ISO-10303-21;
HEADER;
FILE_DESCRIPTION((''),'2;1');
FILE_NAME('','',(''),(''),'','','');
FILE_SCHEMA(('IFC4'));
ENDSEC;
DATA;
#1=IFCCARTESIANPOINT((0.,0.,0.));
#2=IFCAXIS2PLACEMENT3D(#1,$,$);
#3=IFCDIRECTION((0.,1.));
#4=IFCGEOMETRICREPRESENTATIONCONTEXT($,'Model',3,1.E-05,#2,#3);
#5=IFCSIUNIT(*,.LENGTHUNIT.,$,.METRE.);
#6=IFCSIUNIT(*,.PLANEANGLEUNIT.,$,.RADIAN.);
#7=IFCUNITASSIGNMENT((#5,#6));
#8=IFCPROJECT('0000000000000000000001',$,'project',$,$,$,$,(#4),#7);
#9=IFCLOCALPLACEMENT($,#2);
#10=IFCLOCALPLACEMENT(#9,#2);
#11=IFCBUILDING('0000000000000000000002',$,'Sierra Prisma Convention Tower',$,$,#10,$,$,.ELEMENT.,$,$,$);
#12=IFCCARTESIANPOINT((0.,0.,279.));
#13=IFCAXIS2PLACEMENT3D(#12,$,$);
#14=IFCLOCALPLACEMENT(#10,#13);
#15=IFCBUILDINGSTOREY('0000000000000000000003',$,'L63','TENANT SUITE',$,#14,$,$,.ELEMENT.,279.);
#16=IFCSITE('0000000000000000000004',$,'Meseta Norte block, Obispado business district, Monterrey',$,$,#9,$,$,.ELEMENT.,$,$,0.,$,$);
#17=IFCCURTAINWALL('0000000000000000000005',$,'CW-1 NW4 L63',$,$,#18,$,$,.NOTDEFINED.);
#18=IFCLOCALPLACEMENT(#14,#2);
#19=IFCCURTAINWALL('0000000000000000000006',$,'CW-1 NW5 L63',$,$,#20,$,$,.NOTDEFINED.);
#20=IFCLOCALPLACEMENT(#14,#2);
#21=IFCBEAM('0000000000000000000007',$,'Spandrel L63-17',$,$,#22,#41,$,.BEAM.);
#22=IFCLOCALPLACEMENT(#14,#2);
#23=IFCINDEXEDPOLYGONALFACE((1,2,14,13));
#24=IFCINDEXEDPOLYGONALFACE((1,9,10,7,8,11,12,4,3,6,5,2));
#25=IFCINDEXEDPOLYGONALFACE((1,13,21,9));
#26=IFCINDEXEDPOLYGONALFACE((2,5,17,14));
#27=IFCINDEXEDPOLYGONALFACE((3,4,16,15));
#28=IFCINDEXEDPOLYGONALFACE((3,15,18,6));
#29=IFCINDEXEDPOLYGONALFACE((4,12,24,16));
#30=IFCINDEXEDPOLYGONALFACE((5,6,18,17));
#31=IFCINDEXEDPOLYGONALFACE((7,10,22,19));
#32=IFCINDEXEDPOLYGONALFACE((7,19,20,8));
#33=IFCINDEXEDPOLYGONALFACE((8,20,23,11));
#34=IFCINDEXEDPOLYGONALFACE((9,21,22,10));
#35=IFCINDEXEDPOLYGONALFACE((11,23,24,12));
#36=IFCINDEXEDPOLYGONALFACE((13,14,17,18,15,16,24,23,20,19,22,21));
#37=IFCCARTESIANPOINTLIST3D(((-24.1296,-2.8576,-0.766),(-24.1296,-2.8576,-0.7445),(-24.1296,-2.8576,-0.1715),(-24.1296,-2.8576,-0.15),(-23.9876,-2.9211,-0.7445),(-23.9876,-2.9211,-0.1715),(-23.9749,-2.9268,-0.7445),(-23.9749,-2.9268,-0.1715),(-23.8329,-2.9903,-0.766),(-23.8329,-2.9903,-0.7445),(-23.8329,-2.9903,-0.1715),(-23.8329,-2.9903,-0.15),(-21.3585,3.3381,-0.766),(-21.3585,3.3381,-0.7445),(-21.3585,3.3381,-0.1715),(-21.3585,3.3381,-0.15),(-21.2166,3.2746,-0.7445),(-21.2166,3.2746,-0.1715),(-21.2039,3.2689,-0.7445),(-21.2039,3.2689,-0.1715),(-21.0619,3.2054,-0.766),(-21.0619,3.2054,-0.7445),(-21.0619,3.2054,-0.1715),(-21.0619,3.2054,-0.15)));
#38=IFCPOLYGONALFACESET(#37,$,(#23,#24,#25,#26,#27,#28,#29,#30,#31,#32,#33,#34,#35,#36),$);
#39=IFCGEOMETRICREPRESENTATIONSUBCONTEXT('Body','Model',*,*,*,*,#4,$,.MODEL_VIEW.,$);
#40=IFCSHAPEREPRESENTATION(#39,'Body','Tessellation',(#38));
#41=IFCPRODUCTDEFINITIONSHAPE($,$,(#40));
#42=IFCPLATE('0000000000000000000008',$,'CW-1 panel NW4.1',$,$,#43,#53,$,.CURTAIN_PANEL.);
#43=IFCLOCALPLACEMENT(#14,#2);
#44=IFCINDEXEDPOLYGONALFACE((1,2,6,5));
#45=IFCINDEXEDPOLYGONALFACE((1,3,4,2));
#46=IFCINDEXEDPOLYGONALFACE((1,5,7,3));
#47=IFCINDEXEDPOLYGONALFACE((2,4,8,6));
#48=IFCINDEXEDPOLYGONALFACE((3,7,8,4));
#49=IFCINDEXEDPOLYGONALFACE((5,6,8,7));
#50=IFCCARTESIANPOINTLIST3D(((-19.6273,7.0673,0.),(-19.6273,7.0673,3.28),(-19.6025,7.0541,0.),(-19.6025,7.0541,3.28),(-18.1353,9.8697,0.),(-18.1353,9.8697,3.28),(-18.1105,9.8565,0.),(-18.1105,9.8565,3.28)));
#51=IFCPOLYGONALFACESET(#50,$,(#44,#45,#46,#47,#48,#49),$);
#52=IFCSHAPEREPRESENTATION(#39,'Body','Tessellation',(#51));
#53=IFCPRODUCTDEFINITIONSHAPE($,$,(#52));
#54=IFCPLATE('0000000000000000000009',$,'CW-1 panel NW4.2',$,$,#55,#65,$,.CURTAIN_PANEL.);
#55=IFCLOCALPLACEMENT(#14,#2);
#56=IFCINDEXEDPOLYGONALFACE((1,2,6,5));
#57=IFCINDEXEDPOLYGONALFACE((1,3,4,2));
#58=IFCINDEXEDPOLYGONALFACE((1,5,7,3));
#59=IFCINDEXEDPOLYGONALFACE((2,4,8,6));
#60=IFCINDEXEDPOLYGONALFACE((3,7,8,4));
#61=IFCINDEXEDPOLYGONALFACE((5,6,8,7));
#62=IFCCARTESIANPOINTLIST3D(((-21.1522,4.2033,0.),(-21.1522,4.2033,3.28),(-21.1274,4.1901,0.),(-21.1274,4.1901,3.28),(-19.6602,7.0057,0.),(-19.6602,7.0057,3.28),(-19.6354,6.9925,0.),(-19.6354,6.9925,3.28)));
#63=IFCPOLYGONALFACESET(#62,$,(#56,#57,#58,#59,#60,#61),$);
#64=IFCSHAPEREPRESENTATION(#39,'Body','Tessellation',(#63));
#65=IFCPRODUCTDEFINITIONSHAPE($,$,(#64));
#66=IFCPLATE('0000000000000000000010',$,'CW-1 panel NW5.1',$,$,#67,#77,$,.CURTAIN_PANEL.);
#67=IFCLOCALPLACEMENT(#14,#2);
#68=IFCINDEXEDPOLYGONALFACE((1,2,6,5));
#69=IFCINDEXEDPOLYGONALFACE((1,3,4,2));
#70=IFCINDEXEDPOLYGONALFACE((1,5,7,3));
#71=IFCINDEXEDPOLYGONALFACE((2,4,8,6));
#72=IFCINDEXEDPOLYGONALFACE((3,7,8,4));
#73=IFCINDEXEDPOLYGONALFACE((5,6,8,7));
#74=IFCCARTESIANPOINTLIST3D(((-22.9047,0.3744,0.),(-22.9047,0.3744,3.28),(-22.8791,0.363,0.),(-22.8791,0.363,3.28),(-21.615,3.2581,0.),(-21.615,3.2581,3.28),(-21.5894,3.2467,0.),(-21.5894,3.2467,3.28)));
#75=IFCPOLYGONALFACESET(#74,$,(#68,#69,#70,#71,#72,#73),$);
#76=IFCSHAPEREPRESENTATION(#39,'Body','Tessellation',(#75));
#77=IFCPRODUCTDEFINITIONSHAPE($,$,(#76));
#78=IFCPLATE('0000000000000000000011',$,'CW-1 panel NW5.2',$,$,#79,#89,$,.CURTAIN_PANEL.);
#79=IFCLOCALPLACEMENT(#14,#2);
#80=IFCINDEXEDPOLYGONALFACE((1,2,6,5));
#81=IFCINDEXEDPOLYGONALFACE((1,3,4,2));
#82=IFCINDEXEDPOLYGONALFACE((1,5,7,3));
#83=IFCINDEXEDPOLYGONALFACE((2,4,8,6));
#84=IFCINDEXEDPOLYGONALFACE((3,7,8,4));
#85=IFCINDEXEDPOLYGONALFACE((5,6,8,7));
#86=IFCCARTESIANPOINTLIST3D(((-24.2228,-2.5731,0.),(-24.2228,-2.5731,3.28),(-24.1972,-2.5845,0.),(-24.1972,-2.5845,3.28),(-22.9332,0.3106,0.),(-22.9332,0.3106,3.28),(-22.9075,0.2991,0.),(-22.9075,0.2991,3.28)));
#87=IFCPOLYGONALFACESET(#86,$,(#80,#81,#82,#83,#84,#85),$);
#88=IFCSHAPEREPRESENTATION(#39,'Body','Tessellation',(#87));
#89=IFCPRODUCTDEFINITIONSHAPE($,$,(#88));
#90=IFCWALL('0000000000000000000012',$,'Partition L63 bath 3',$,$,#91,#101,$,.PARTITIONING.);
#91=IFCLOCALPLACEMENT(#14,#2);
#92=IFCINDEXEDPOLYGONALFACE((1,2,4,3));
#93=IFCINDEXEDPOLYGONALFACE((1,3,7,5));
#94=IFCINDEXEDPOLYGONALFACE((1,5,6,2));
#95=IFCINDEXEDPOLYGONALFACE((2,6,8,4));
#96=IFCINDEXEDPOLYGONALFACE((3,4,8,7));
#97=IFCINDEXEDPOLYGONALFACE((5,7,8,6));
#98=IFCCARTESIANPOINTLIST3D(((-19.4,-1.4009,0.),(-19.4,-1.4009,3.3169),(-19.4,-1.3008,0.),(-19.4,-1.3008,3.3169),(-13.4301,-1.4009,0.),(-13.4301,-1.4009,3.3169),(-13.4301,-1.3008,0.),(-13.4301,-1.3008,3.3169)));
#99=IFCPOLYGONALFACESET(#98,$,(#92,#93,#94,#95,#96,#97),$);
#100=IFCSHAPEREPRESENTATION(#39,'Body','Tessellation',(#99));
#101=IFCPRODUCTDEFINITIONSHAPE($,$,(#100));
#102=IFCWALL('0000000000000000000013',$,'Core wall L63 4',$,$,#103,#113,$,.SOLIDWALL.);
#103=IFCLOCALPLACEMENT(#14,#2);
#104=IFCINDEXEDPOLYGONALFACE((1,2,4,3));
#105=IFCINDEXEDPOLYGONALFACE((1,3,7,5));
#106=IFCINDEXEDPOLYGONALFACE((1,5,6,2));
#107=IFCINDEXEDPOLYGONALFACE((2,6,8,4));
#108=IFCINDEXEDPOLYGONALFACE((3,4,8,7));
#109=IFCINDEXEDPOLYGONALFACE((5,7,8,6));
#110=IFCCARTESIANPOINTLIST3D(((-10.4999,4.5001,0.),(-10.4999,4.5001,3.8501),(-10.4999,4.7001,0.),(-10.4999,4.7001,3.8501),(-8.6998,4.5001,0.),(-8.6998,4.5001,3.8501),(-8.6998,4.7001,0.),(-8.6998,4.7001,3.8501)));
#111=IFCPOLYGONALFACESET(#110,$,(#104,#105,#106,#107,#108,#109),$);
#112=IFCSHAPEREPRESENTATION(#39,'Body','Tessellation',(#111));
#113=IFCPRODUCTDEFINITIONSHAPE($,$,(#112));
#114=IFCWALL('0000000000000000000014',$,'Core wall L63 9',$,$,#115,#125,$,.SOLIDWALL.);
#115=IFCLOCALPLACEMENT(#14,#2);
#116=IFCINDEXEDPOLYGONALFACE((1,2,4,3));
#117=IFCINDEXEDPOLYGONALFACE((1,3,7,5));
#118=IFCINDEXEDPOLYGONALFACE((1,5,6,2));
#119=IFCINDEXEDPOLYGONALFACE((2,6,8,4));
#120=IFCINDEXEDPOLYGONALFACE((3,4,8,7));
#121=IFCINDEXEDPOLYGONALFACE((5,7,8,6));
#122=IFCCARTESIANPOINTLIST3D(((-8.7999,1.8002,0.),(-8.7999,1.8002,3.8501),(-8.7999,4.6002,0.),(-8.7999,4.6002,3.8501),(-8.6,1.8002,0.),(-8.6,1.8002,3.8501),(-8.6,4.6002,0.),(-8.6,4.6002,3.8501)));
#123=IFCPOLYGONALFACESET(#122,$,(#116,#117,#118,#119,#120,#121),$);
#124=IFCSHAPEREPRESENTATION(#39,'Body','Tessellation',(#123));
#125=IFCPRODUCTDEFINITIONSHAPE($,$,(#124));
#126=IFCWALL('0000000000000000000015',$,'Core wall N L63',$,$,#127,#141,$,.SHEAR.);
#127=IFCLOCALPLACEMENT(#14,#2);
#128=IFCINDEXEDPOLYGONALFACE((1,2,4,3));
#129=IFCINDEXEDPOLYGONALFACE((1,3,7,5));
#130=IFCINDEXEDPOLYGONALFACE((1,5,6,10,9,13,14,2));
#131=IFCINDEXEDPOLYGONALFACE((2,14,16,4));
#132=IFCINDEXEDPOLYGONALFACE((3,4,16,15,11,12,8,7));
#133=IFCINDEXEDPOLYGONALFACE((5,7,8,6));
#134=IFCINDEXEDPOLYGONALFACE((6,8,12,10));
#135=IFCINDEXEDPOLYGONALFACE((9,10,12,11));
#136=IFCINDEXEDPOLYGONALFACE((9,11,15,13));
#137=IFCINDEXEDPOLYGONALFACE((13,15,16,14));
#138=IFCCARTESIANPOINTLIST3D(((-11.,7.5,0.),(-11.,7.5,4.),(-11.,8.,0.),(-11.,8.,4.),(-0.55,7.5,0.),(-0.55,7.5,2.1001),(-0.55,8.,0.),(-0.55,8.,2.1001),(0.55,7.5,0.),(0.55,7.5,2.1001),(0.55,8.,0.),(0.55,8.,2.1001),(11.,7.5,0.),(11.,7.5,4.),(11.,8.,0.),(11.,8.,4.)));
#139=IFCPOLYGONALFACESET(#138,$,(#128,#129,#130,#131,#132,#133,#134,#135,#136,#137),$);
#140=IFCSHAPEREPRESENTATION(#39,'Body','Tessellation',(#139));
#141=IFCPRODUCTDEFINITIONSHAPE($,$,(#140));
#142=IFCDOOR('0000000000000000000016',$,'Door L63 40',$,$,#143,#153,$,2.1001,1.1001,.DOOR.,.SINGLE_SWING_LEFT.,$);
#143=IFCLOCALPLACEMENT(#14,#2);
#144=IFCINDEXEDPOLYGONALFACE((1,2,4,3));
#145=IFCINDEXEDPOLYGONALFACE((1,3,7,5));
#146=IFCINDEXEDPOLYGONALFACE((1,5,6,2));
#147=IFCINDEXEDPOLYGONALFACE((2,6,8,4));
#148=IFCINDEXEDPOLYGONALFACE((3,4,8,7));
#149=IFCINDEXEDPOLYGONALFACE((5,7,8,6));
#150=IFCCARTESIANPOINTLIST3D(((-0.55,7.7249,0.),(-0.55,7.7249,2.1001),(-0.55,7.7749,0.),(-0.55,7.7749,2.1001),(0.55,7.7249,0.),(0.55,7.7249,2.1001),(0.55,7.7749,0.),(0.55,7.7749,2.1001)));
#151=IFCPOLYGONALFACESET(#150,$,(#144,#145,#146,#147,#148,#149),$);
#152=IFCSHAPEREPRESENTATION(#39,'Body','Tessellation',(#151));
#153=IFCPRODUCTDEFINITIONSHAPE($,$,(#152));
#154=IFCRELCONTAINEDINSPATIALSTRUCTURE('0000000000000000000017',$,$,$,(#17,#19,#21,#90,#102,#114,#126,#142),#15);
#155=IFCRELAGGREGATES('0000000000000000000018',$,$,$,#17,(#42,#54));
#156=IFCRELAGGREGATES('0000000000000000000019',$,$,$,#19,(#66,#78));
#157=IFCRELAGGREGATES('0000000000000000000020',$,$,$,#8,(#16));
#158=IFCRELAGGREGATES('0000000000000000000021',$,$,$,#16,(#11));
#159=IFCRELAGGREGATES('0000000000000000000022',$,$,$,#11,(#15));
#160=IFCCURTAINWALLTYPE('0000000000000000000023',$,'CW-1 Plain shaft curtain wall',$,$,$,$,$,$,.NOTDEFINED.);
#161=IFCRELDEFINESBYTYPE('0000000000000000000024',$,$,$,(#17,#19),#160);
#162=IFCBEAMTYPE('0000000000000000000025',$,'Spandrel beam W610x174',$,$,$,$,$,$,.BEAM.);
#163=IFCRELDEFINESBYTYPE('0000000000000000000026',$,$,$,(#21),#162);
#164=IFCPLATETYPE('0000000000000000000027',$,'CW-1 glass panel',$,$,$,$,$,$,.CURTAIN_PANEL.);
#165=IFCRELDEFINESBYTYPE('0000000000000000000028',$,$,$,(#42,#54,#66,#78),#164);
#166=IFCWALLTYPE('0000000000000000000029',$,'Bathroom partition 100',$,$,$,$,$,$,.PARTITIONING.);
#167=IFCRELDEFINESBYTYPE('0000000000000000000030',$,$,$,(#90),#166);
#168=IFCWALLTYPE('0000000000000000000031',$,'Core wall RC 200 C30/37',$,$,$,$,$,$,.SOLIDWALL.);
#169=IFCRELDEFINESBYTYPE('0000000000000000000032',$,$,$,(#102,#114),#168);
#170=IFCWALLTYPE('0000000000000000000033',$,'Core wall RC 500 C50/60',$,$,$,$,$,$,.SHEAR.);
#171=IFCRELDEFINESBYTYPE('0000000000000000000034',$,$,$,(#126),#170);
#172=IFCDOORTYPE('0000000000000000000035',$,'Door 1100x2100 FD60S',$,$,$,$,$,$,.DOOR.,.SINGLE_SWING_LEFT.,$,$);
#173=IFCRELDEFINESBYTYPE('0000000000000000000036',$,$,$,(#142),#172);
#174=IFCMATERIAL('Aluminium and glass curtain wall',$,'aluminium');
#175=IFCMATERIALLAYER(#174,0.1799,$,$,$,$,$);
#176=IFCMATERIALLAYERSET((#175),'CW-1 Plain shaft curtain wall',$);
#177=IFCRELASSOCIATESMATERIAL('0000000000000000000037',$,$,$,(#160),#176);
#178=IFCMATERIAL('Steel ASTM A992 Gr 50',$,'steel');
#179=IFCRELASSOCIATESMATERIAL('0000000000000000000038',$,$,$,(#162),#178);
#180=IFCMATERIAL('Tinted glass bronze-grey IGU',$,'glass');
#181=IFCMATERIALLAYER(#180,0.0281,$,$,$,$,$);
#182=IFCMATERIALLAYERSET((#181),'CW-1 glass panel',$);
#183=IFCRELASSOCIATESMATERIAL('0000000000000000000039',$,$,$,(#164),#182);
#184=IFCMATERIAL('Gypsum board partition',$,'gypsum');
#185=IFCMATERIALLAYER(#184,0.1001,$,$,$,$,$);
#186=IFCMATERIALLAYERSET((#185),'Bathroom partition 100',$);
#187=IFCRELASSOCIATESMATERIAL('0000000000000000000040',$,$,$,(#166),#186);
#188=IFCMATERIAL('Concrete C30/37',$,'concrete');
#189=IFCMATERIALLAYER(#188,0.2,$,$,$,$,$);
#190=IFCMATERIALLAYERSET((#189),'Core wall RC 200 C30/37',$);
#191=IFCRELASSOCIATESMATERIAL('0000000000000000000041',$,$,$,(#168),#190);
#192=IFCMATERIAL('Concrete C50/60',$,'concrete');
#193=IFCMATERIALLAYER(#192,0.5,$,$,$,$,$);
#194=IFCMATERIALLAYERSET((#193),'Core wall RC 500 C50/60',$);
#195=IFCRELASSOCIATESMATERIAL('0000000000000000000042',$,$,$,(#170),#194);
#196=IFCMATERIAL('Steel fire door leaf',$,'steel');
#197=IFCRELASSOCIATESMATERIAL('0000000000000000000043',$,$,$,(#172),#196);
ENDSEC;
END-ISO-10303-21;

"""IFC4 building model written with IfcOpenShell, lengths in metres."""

from ifc_helpers import new_model, si_unit, direction, frame, frame_2d, origin, origin_2d, place, context, subcontext, project, spatial, rectangle, i_section, extrude, material, layer, layer_set, material_profile, profile_set, type_object, element, fill, aggregate, save


model = new_model("IFC4")

# Units and contexts
model_context = context("Model", 3, precision=1e-05, world=origin(), true_north=direction((0.0, 1.0)))
body_context = subcontext(model_context, "Body", "Model", "MODEL_VIEW")
ifc_project = project(units=[si_unit("LENGTHUNIT", "METRE"), si_unit("PLANEANGLEUNIT", "RADIAN")], contexts=[model_context])

# Site, building, storey
site_placement = place(None, origin())
site = spatial("IfcSite", under=ifc_project, at=site_placement, Name="Meseta Norte block, Obispado business district, Monterrey", CompositionType="ELEMENT", RefElevation=0.0)
building_placement = place(site_placement, origin())
building = spatial("IfcBuilding", under=site, at=building_placement, Name="Sierra Prisma Convention Tower", CompositionType="ELEMENT")
storey_placement = place(building_placement, frame((0.0, 0.0, 279.0)))
storey = spatial("IfcBuildingStorey", under=building, at=storey_placement, Name="L63", Description="TENANT SUITE", CompositionType="ELEMENT", Elevation=279.0)

# Curtain wall
ifc_material_1 = material(Name="Aluminium and glass curtain wall", Category="aluminium")
ifc_layer_1 = layer(ifc_material_1, 0.1799)
ifc_layer_set_1 = layer_set([ifc_layer_1], Name="CW-1 Plain shaft curtain wall")
curtain_wall_type = type_object("IfcCurtainWallType", Name="CW-1 Plain shaft curtain wall", PredefinedType="NOTDEFINED", material=ifc_layer_set_1)
curtain_wall_1_placement = place(storey_placement, origin())
curtain_wall_1 = element("IfcCurtainWall", 1, at=curtain_wall_1_placement, inside=storey, type_object=curtain_wall_type, Name="CW-1 NW4 L63", PredefinedType="NOTDEFINED")

# Curtain wall
curtain_wall_2_placement = place(storey_placement, origin())
curtain_wall_2 = element("IfcCurtainWall", 2, at=curtain_wall_2_placement, inside=storey, type_object=curtain_wall_type, Name="CW-1 NW5 L63", PredefinedType="NOTDEFINED")

# Beam
ifc_material_2 = material(Name="Steel ASTM A992 Gr 50", Category="steel")
ifc_material_profile_1 = material_profile(ifc_material_2, i_section(OverallWidth=0.325, OverallDepth=0.616, WebThickness=0.0139, FlangeThickness=0.0215, at=origin_2d()), Name="W610x174")
ifc_profile_set_1 = profile_set([ifc_material_profile_1], Name="Steel ASTM A992 Gr 50")
beam_type_1 = type_object("IfcBeamType", Name="Spandrel beam W610x174", PredefinedType="BEAM", material=ifc_profile_set_1)
beam_1_placement = place(storey_placement, frame((-21.2102, 3.2717, -0.458), z_axis=(-0.40828, -0.912857, 0.0), x_axis=(0.912857, -0.40828, 0.0)))
element("IfcBeam", 3, at=beam_1_placement, inside=storey, type_object=beam_type_1, Name="Spandrel L63-17", PredefinedType="BEAM", context=body_context, shape_type="SweptSolid", body=[
    extrude(i_section(OverallWidth=0.325, OverallDepth=0.616, WebThickness=0.0139, FlangeThickness=0.0215, at=origin_2d()), origin(), (0.0, 0.0, 1.0), 6.7871),
])

# Plates
ifc_material_3 = material(Name="Tinted glass bronze-grey IGU", Category="glass")
ifc_layer_2 = layer(ifc_material_3, 0.0281)
ifc_layer_set_2 = layer_set([ifc_layer_2], Name="CW-1 glass panel")
plate_type = type_object("IfcPlateType", Name="CW-1 glass panel", PredefinedType="CURTAIN_PANEL", material=ifc_layer_set_2)
plate_1_placement = place(storey_placement, frame((-18.8689, 8.4619, 0.0), z_axis=(0.0, 0.0, 1.0), x_axis=(-0.469964, -0.882686, 0.0)))
plate_1 = element("IfcPlate", 4, at=plate_1_placement, type_object=plate_type, Name="CW-1 panel NW4.1", PredefinedType="CURTAIN_PANEL", context=body_context, shape_type="SweptSolid", body=[
    extrude(rectangle(XDim=3.1748, YDim=0.0281, at=origin_2d()), origin(), (0.0, 0.0, 1.0), 3.28),
])
plate_2_placement = place(storey_placement, frame((-20.3938, 5.5979, 0.0), z_axis=(0.0, 0.0, 1.0), x_axis=(-0.469964, -0.882686, 0.0)))
plate_2 = element("IfcPlate", 5, at=plate_2_placement, type_object=plate_type, Name="CW-1 panel NW4.2", PredefinedType="CURTAIN_PANEL", context=body_context, shape_type="SweptSolid", body=[
    extrude(rectangle(XDim=3.1748, YDim=0.0281, at=origin_2d()), origin(), (0.0, 0.0, 1.0), 3.28),
])
aggregate(curtain_wall_1, [plate_1, plate_2])
plate_3_placement = place(storey_placement, frame((-22.2471, 1.8105, 0.0), z_axis=(0.0, 0.0, 1.0), x_axis=(-0.408264, -0.912864, 0.0)))
plate_3 = element("IfcPlate", 6, at=plate_3_placement, type_object=plate_type, Name="CW-1 panel NW5.1", PredefinedType="CURTAIN_PANEL", context=body_context, shape_type="SweptSolid", body=[
    extrude(rectangle(XDim=3.1589, YDim=0.0281, at=origin_2d()), origin(), (0.0, 0.0, 1.0), 3.28),
])
plate_4_placement = place(storey_placement, frame((-23.5652, -1.137, 0.0), z_axis=(0.0, 0.0, 1.0), x_axis=(-0.408264, -0.912864, 0.0)))
plate_4 = element("IfcPlate", 7, at=plate_4_placement, type_object=plate_type, Name="CW-1 panel NW5.2", PredefinedType="CURTAIN_PANEL", context=body_context, shape_type="SweptSolid", body=[
    extrude(rectangle(XDim=3.1589, YDim=0.0281, at=origin_2d()), origin(), (0.0, 0.0, 1.0), 3.28),
])
aggregate(curtain_wall_2, [plate_3, plate_4])

# Wall
ifc_material_4 = material(Name="Gypsum board partition", Category="gypsum")
ifc_layer_3 = layer(ifc_material_4, 0.1001)
ifc_layer_set_3 = layer_set([ifc_layer_3], Name="Bathroom partition 100")
wall_type_1 = type_object("IfcWallType", Name="Bathroom partition 100", PredefinedType="PARTITIONING", material=ifc_layer_set_3)
wall_1_placement = place(storey_placement, frame((-19.3999, -1.3508, 0.0), z_axis=(0.0, 0.0, 1.0), x_axis=(1.0, 0.0, 0.0)))
element("IfcWall", 8, at=wall_1_placement, inside=storey, type_object=wall_type_1, Name="Partition L63 bath 3", PredefinedType="PARTITIONING", context=body_context, shape_type="SweptSolid", body=[
    extrude(rectangle(XDim=5.97, YDim=0.1001, at=frame_2d((2.9849, 0.0))), origin(), (0.0, 0.0, 1.0), 3.3169),
])

# Shared definitions
ifc_material_5 = material(Name="Concrete C30/37", Category="concrete")
ifc_layer_4 = layer(ifc_material_5, 0.2)
ifc_layer_set_4 = layer_set([ifc_layer_4], Name="Core wall RC 200 C30/37")
wall_type_2 = type_object("IfcWallType", Name="Core wall RC 200 C30/37", PredefinedType="SOLIDWALL", material=ifc_layer_set_4)

# Wall
wall_2_placement = place(storey_placement, frame((-8.7, 4.6001, 0.0), z_axis=(0.0, 0.0, 1.0), x_axis=(-1.0, 0.0, 0.0)))
element("IfcWall", 9, at=wall_2_placement, inside=storey, type_object=wall_type_2, Name="Core wall L63 4", PredefinedType="SOLIDWALL", context=body_context, shape_type="SweptSolid", body=[
    extrude(rectangle(XDim=1.8, YDim=0.2, at=frame_2d((0.8999, 0.0))), origin(), (0.0, 0.0, 1.0), 3.8501),
])

# Wall
wall_3_placement = place(storey_placement, frame((-8.7, 4.6001, 0.0), z_axis=(0.0, 0.0, 1.0), x_axis=(0.0, -1.0, 0.0)))
element("IfcWall", 10, at=wall_3_placement, inside=storey, type_object=wall_type_2, Name="Core wall L63 9", PredefinedType="SOLIDWALL", context=body_context, shape_type="SweptSolid", body=[
    extrude(rectangle(XDim=2.8, YDim=0.2, at=frame_2d((1.3999, 0.0))), origin(), (0.0, 0.0, 1.0), 3.8501),
])

# Wall, opening, door
ifc_material_6 = material(Name="Concrete C50/60", Category="concrete")
ifc_layer_5 = layer(ifc_material_6, 0.5)
ifc_layer_set_5 = layer_set([ifc_layer_5], Name="Core wall RC 500 C50/60")
wall_type_3 = type_object("IfcWallType", Name="Core wall RC 500 C50/60", PredefinedType="SHEAR", material=ifc_layer_set_5)
wall_4_placement = place(storey_placement, frame((-11.0, 7.75, 0.0), z_axis=(0.0, 0.0, 1.0), x_axis=(1.0, 0.0, 0.0)))
wall_4 = element("IfcWall", 11, at=wall_4_placement, inside=storey, type_object=wall_type_3, Name="Core wall N L63", PredefinedType="SHEAR", context=body_context, shape_type="SweptSolid", body=[
    extrude(rectangle(XDim=22.0, YDim=0.5, at=frame_2d((11.0, 0.0))), origin(), (0.0, 0.0, 1.0), 4.0),
])
opening_1_placement = place(wall_4_placement, frame((10.45, 0.0, 0.0)))
opening_1 = element("IfcOpeningElement", 12, at=opening_1_placement, cuts=wall_4, PredefinedType="OPENING", context=body_context, shape_type="SweptSolid", body=[
    extrude(rectangle(XDim=1.1001, YDim=2.1001, at=frame_2d((0.55, 1.05))), frame((0.0, 0.25, 0.0), z_axis=(0.0, -1.0, 0.0), x_axis=(1.0, 0.0, 0.0)), (0.0, 0.0, 1.0), 0.5),
])
ifc_material_7 = material(Name="Steel fire door leaf", Category="steel")
door_type_1 = type_object("IfcDoorType", Name="Door 1100x2100 FD60S", OperationType="SINGLE_SWING_LEFT", PredefinedType="DOOR", material=ifc_material_7)
door_1_placement = place(opening_1_placement, origin())
door_1 = element("IfcDoor", 13, at=door_1_placement, inside=storey, type_object=door_type_1, Name="Door L63 40", OperationType="SINGLE_SWING_LEFT", OverallHeight=2.1001, OverallWidth=1.1001, PredefinedType="DOOR", context=body_context, shape_type="SweptSolid", body=[
    extrude(rectangle(XDim=1.1001, YDim=2.1001, at=frame_2d((0.55, 1.05))), frame((0.0, 0.0249, 0.0), z_axis=(0.0, -1.0, 0.0), x_axis=(1.0, 0.0, 0.0)), (0.0, 0.0, 1.0), 0.05),
])
fill(opening_1, door_1)

save(model, "model.ifc")
